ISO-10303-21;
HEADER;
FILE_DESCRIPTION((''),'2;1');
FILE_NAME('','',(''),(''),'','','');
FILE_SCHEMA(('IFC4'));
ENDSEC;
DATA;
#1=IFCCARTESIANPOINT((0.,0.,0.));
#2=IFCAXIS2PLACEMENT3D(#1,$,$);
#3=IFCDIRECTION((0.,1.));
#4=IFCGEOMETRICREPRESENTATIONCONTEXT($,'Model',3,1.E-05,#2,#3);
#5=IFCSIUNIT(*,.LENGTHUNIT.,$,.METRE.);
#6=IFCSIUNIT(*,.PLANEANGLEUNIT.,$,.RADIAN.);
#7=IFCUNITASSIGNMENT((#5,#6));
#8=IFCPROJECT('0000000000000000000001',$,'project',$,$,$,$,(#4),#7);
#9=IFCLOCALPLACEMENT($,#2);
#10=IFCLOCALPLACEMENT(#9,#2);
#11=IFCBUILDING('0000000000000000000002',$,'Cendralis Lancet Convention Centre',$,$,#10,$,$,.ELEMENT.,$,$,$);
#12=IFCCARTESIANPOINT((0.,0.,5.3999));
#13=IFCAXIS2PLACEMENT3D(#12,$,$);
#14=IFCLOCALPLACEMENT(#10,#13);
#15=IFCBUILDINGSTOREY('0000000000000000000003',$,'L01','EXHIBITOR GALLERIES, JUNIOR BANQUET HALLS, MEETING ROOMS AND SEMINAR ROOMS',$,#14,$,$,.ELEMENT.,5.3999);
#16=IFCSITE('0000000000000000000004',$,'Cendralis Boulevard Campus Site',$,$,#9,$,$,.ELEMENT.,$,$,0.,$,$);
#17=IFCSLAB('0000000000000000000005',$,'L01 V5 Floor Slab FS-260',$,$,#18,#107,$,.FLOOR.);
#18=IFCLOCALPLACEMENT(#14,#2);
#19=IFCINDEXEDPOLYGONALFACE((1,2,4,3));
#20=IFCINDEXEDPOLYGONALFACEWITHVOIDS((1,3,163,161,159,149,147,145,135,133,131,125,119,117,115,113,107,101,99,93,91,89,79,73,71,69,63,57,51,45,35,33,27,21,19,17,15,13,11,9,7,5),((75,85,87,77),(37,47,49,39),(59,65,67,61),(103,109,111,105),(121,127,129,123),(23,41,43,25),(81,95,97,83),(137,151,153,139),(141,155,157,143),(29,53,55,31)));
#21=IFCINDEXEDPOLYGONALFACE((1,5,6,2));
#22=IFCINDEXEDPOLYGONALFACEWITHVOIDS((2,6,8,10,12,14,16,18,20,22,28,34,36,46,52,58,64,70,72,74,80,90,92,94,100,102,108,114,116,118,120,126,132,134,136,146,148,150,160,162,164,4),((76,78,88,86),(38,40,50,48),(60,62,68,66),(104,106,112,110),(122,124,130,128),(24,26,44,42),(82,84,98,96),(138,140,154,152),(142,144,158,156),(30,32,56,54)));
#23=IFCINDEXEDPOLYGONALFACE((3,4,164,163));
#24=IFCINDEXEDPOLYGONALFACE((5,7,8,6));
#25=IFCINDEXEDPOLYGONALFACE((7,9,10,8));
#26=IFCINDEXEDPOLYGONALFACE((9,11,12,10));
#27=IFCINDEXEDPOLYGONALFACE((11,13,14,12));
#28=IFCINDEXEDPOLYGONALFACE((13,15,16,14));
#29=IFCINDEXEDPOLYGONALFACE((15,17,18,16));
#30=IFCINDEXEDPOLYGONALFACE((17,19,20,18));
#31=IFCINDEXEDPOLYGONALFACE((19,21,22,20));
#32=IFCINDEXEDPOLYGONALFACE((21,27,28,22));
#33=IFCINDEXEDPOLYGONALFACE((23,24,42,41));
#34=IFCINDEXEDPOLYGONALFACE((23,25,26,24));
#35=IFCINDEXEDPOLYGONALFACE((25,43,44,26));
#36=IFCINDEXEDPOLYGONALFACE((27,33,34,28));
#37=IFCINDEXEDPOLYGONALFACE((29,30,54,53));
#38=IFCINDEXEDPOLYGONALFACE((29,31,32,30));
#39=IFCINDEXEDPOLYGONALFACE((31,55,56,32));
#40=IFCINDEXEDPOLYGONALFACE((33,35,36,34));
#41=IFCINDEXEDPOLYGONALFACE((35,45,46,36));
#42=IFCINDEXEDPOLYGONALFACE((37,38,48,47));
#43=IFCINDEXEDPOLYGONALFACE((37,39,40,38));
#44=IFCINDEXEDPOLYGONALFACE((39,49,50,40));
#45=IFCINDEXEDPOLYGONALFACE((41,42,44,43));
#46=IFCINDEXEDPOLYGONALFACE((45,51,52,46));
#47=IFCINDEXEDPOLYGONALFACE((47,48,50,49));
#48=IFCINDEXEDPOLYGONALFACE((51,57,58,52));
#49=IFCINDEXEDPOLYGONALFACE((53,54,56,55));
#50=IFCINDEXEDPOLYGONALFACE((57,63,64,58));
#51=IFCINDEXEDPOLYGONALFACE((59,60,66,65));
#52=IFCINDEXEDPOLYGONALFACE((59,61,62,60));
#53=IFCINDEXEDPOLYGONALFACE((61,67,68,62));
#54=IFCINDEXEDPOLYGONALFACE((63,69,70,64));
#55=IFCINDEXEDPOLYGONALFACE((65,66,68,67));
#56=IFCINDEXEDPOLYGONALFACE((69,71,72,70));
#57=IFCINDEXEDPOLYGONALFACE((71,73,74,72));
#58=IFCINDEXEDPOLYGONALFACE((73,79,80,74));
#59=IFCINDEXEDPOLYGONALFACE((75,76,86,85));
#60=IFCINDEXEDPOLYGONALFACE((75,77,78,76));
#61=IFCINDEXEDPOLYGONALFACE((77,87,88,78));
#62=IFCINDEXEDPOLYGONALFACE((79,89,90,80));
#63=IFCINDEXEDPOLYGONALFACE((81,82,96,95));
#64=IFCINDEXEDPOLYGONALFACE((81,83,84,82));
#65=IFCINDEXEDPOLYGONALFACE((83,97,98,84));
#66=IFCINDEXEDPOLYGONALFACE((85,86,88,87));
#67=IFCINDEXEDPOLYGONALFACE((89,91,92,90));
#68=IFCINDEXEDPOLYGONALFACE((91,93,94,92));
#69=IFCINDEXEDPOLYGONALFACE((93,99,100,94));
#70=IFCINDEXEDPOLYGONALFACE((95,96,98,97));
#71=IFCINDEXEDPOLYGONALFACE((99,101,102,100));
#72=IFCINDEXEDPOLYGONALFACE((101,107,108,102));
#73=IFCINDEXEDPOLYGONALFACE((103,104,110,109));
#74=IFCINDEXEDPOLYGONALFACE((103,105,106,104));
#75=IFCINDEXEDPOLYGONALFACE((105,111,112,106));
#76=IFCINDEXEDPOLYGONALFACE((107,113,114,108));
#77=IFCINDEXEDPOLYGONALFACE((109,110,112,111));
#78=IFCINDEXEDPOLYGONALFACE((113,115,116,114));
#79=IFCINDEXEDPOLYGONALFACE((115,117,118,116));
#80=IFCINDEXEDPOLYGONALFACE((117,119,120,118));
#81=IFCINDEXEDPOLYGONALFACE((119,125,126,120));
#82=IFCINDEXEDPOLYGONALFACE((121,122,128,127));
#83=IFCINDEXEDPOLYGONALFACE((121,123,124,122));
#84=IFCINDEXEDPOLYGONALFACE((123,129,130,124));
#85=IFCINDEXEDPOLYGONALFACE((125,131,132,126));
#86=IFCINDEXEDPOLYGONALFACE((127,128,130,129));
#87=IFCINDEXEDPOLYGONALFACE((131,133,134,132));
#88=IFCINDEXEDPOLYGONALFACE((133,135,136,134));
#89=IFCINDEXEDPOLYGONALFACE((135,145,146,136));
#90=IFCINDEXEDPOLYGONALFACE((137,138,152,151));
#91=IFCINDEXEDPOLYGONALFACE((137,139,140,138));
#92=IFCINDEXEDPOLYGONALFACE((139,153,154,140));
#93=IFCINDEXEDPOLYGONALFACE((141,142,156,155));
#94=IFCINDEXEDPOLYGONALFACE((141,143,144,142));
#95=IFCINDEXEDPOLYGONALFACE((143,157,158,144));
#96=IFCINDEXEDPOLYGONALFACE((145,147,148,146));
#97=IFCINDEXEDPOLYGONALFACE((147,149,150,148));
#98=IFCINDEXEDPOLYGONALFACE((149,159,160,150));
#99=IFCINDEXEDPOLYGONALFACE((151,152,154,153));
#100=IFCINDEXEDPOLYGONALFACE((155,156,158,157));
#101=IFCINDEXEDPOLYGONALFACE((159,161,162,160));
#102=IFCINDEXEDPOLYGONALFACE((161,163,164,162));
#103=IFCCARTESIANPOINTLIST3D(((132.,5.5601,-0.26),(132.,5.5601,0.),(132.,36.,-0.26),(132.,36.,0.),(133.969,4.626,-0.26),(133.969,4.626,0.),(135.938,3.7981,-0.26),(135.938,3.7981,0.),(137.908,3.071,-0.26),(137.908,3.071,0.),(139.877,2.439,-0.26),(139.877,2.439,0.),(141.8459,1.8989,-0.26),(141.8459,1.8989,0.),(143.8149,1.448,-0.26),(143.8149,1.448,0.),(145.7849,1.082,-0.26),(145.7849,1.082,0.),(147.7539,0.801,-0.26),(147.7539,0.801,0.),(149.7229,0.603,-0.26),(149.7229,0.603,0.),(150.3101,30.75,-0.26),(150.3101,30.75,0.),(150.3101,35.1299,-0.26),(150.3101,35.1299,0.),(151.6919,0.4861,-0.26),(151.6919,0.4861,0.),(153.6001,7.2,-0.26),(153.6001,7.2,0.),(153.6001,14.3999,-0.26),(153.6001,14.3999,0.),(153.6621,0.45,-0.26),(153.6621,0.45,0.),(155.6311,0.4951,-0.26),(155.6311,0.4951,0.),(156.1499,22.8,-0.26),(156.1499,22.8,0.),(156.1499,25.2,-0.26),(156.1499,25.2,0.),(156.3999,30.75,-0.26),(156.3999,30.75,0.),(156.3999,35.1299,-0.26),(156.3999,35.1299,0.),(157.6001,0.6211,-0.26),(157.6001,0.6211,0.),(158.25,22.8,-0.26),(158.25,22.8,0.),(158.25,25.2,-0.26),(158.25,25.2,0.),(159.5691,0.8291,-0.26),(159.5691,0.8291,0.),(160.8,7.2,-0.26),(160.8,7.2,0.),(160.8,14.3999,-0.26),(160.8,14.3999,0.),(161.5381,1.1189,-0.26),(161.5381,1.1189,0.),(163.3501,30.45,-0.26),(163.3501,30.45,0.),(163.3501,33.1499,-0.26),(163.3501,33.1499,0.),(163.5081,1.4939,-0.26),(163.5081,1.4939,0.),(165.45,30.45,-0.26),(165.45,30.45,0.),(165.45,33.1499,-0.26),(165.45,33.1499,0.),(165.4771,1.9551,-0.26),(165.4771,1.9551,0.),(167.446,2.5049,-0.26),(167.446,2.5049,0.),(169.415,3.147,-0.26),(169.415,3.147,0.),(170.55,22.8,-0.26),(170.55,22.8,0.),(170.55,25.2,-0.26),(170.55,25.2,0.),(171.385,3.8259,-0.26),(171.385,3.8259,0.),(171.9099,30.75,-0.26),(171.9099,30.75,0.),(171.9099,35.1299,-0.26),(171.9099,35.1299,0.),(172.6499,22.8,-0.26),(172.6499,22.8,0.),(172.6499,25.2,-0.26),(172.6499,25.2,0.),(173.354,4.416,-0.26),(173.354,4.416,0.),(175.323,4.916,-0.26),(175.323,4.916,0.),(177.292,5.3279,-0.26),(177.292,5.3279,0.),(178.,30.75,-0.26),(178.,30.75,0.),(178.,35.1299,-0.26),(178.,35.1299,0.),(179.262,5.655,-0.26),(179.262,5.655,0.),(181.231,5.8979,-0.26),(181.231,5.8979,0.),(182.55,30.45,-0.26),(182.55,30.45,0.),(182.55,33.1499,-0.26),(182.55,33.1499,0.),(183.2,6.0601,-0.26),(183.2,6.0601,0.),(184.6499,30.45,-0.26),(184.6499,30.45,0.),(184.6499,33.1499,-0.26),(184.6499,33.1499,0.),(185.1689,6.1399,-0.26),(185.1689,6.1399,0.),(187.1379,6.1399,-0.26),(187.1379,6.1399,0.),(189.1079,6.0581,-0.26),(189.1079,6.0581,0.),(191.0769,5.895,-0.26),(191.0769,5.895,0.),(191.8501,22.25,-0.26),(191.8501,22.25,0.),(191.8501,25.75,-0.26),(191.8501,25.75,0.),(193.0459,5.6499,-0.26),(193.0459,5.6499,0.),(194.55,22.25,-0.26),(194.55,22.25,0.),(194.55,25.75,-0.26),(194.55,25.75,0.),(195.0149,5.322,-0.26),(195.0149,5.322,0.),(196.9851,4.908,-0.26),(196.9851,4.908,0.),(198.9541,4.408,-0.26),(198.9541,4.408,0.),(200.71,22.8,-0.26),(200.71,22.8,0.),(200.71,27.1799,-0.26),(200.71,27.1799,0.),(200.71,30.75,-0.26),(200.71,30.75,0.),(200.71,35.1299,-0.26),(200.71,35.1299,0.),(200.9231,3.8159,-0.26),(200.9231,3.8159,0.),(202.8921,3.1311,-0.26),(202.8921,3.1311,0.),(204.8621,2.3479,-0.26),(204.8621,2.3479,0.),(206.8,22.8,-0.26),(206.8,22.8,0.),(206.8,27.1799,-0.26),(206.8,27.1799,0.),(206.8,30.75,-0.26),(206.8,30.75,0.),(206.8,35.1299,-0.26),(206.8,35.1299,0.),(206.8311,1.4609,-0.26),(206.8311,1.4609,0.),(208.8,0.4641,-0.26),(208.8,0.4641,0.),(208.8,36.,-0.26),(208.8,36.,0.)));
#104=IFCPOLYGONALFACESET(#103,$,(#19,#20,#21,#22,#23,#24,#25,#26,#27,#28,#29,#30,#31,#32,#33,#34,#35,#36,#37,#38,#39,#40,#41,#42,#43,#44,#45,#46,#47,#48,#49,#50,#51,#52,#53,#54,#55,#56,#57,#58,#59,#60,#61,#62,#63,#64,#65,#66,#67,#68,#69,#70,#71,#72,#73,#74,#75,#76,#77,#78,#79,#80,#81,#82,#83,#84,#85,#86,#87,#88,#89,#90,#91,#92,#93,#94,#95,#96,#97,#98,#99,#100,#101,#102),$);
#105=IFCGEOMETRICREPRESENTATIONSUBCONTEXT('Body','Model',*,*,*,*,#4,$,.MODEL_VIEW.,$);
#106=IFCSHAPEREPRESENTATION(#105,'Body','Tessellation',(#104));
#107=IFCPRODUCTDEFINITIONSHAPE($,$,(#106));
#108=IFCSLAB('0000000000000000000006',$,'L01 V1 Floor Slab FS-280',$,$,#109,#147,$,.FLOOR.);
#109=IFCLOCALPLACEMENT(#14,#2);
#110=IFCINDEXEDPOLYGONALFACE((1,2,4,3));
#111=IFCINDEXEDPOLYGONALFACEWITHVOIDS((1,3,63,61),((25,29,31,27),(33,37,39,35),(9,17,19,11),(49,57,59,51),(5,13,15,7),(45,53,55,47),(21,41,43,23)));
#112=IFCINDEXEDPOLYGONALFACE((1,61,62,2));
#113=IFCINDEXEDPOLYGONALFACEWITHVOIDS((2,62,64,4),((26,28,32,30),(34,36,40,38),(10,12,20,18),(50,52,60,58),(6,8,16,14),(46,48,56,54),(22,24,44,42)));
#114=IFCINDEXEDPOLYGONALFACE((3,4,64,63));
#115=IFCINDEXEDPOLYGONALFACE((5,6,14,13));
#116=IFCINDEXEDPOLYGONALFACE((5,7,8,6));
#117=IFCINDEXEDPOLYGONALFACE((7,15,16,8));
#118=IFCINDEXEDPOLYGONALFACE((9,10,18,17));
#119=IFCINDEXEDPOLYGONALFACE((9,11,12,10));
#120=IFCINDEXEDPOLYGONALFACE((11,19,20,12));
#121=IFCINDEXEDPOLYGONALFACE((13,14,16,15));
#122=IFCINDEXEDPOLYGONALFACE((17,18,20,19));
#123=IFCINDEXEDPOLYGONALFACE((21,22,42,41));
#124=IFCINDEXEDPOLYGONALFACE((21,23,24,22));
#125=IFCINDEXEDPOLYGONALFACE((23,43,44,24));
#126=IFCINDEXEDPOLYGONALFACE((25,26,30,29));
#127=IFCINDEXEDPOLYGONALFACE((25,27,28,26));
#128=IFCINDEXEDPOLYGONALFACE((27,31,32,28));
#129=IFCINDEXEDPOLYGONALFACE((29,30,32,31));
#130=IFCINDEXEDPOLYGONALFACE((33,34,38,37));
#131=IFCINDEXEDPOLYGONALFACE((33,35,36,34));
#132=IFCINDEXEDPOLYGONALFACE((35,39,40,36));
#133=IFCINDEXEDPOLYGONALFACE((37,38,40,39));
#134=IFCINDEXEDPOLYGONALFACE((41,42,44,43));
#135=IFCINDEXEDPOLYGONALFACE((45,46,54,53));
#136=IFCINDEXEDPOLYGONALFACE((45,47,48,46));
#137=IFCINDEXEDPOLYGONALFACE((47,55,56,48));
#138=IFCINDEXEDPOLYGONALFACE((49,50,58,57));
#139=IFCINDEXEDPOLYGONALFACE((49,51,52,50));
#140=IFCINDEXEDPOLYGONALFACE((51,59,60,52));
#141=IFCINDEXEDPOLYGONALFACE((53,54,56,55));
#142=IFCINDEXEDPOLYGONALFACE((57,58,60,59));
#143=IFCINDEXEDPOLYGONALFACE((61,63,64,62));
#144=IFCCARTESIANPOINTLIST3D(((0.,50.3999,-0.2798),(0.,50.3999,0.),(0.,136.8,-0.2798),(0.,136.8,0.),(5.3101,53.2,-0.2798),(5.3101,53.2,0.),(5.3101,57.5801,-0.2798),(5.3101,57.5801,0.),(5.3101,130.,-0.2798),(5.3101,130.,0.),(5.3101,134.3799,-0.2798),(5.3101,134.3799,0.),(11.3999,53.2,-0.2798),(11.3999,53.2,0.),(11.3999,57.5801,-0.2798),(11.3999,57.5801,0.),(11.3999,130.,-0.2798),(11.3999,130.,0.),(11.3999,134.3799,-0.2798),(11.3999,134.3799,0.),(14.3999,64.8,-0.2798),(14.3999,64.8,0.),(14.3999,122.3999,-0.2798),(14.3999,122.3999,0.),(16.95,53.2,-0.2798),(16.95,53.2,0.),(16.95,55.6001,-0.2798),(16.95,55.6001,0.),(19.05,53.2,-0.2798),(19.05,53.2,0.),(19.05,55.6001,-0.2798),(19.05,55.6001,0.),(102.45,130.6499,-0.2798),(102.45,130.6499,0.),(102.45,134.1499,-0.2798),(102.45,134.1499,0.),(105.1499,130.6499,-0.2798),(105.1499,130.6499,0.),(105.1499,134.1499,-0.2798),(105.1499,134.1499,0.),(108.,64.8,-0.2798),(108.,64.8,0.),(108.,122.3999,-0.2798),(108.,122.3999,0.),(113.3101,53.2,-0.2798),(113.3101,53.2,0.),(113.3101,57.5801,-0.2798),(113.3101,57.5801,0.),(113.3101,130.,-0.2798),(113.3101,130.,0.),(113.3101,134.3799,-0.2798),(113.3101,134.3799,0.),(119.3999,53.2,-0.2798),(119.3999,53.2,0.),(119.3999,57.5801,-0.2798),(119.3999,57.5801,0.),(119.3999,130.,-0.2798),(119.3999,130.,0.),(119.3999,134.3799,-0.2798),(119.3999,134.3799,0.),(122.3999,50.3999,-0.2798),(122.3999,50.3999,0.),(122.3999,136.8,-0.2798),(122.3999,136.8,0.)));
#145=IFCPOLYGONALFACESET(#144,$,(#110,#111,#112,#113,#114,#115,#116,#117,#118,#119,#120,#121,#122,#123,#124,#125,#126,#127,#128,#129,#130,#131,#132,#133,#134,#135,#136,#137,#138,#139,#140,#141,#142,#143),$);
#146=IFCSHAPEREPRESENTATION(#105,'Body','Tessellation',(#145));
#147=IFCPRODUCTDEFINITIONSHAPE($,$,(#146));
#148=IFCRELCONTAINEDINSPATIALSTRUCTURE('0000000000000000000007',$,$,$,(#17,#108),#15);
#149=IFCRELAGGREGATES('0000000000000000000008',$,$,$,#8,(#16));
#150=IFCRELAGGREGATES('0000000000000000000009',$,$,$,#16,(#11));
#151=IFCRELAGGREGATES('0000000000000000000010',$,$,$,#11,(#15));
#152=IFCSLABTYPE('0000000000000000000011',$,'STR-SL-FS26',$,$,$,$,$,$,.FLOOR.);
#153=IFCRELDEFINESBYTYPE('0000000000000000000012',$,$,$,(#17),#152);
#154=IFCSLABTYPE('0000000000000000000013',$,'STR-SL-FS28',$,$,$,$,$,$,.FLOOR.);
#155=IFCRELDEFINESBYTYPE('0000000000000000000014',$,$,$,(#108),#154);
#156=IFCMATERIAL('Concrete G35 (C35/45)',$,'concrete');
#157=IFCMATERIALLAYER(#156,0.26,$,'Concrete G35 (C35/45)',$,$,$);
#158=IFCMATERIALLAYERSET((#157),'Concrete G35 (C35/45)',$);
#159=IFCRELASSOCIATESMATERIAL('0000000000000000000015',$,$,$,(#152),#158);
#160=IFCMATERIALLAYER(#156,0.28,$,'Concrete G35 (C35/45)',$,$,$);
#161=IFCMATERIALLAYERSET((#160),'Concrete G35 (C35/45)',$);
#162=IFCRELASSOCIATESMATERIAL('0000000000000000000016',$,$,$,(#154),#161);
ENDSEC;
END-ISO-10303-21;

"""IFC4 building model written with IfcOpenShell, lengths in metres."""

from ifc_helpers import new_model, si_unit, direction, frame, origin, place, context, subcontext, project, spatial, polyline, outline, extrude, material, layer, layer_set, type_object, element, save


model = new_model("IFC4")

# Units and contexts
model_context = context("Model", 3, precision=1e-05, world=origin(), true_north=direction((0.0, 1.0)))
body_context = subcontext(model_context, "Body", "Model", "MODEL_VIEW")
ifc_project = project(units=[si_unit("LENGTHUNIT", "METRE"), si_unit("PLANEANGLEUNIT", "RADIAN")], contexts=[model_context])

# Site, building, storey
site_placement = place(None, origin())
site = spatial("IfcSite", under=ifc_project, at=site_placement, Name="Cendralis Boulevard Campus Site", CompositionType="ELEMENT", RefElevation=0.0)
building_placement = place(site_placement, origin())
building = spatial("IfcBuilding", under=site, at=building_placement, Name="Cendralis Lancet Convention Centre", CompositionType="ELEMENT")
storey_placement = place(building_placement, frame((0.0, 0.0, 5.3999)))
storey = spatial("IfcBuildingStorey", under=building, at=storey_placement, Name="L01", Description="EXHIBITOR GALLERIES, JUNIOR BANQUET HALLS, MEETING ROOMS AND SEMINAR ROOMS", CompositionType="ELEMENT", Elevation=5.3999)

# Slabs
ifc_material_1 = material(Name="Concrete G35 (C35/45)", Category="concrete")
ifc_layer_1 = layer(ifc_material_1, 0.26, Name="Concrete G35 (C35/45)")
ifc_layer_set_1 = layer_set([ifc_layer_1], Name="Concrete G35 (C35/45)")
slab_type_1 = type_object("IfcSlabType", Name="STR-SL-FS26", PredefinedType="FLOOR", material=ifc_layer_set_1)
slab_1_placement = place(storey_placement, frame((0.0, 0.0, -0.26)))
element("IfcSlab", 1, at=slab_1_placement, inside=storey, type_object=slab_type_1, Name="L01 V5 Floor Slab FS-260", PredefinedType="FLOOR", context=body_context, shape_type="SweptSolid", body=[
    extrude(outline(polyline([(132.0, 5.5601), (133.969, 4.626), (135.938, 3.7981), (137.908, 3.071), (139.877, 2.439), (141.8459, 1.8989), (143.8149, 1.448), (145.7849, 1.082), (147.7539, 0.801), (149.7229, 0.603), (151.6919, 0.4861), (153.6621, 0.45), (155.6311, 0.4951), (157.6001, 0.6211), (159.5691, 0.8291), (161.5381, 1.1189), (163.5081, 1.4939), (165.4771, 1.9551), (167.446, 2.5049), (169.415, 3.147), (171.385, 3.8259), (173.354, 4.416), (175.323, 4.916), (177.292, 5.3279), (179.262, 5.655), (181.231, 5.8979), (183.2, 6.0601), (185.1689, 6.1399), (187.1379, 6.1399), (189.1079, 6.0581), (191.0769, 5.895), (193.0459, 5.6499), (195.0149, 5.322), (196.9851, 4.908), (198.9541, 4.408), (200.9231, 3.8159), (202.8921, 3.1311), (204.8621, 2.3479), (206.8311, 1.4609), (208.8, 0.4641), (208.8, 36.0), (132.0, 36.0), (132.0, 5.5601)]), holes=[polyline([(153.6001, 7.2), (160.8, 7.2), (160.8, 14.3999), (153.6001, 14.3999), (153.6001, 7.2)]), polyline([(150.3101, 30.75), (156.3999, 30.75), (156.3999, 35.1299), (150.3101, 35.1299), (150.3101, 30.75)]), polyline([(171.9099, 30.75), (178.0, 30.75), (178.0, 35.1299), (171.9099, 35.1299), (171.9099, 30.75)]), polyline([(200.71, 22.8), (206.8, 22.8), (206.8, 27.1799), (200.71, 27.1799), (200.71, 22.8)]), polyline([(200.71, 30.75), (206.8, 30.75), (206.8, 35.1299), (200.71, 35.1299), (200.71, 30.75)]), polyline([(163.3501, 30.45), (165.45, 30.45), (165.45, 33.1499), (163.3501, 33.1499), (163.3501, 30.45)]), polyline([(182.55, 30.45), (184.6499, 30.45), (184.6499, 33.1499), (182.55, 33.1499), (182.55, 30.45)]), polyline([(156.1499, 22.8), (158.25, 22.8), (158.25, 25.2), (156.1499, 25.2), (156.1499, 22.8)]), polyline([(170.55, 22.8), (172.6499, 22.8), (172.6499, 25.2), (170.55, 25.2), (170.55, 22.8)]), polyline([(191.8501, 22.25), (194.55, 22.25), (194.55, 25.75), (191.8501, 25.75), (191.8501, 22.25)])]), origin(), (0.0, 0.0, 1.0), 0.26),
])
ifc_layer_2 = layer(ifc_material_1, 0.28, Name="Concrete G35 (C35/45)")
ifc_layer_set_2 = layer_set([ifc_layer_2], Name="Concrete G35 (C35/45)")
slab_type_2 = type_object("IfcSlabType", Name="STR-SL-FS28", PredefinedType="FLOOR", material=ifc_layer_set_2)
slab_2_placement = place(storey_placement, frame((0.0, 0.0, -0.2798)))
element("IfcSlab", 2, at=slab_2_placement, inside=storey, type_object=slab_type_2, Name="L01 V1 Floor Slab FS-280", PredefinedType="FLOOR", context=body_context, shape_type="SweptSolid", body=[
    extrude(outline(polyline([(0.0, 50.3999), (122.3999, 50.3999), (122.3999, 136.8), (0.0, 136.8), (0.0, 50.3999)]), holes=[polyline([(14.3999, 64.8), (108.0, 64.8), (108.0, 122.3999), (14.3999, 122.3999), (14.3999, 64.8)]), polyline([(5.3101, 53.2), (11.3999, 53.2), (11.3999, 57.5801), (5.3101, 57.5801), (5.3101, 53.2)]), polyline([(5.3101, 130.0), (11.3999, 130.0), (11.3999, 134.3799), (5.3101, 134.3799), (5.3101, 130.0)]), polyline([(113.3101, 53.2), (119.3999, 53.2), (119.3999, 57.5801), (113.3101, 57.5801), (113.3101, 53.2)]), polyline([(113.3101, 130.0), (119.3999, 130.0), (119.3999, 134.3799), (113.3101, 134.3799), (113.3101, 130.0)]), polyline([(16.95, 53.2), (19.05, 53.2), (19.05, 55.6001), (16.95, 55.6001), (16.95, 53.2)]), polyline([(102.45, 130.6499), (105.1499, 130.6499), (105.1499, 134.1499), (102.45, 134.1499), (102.45, 130.6499)])]), origin(), (0.0, 0.0, 1.0), 0.2798),
])

save(model, "model.ifc")
